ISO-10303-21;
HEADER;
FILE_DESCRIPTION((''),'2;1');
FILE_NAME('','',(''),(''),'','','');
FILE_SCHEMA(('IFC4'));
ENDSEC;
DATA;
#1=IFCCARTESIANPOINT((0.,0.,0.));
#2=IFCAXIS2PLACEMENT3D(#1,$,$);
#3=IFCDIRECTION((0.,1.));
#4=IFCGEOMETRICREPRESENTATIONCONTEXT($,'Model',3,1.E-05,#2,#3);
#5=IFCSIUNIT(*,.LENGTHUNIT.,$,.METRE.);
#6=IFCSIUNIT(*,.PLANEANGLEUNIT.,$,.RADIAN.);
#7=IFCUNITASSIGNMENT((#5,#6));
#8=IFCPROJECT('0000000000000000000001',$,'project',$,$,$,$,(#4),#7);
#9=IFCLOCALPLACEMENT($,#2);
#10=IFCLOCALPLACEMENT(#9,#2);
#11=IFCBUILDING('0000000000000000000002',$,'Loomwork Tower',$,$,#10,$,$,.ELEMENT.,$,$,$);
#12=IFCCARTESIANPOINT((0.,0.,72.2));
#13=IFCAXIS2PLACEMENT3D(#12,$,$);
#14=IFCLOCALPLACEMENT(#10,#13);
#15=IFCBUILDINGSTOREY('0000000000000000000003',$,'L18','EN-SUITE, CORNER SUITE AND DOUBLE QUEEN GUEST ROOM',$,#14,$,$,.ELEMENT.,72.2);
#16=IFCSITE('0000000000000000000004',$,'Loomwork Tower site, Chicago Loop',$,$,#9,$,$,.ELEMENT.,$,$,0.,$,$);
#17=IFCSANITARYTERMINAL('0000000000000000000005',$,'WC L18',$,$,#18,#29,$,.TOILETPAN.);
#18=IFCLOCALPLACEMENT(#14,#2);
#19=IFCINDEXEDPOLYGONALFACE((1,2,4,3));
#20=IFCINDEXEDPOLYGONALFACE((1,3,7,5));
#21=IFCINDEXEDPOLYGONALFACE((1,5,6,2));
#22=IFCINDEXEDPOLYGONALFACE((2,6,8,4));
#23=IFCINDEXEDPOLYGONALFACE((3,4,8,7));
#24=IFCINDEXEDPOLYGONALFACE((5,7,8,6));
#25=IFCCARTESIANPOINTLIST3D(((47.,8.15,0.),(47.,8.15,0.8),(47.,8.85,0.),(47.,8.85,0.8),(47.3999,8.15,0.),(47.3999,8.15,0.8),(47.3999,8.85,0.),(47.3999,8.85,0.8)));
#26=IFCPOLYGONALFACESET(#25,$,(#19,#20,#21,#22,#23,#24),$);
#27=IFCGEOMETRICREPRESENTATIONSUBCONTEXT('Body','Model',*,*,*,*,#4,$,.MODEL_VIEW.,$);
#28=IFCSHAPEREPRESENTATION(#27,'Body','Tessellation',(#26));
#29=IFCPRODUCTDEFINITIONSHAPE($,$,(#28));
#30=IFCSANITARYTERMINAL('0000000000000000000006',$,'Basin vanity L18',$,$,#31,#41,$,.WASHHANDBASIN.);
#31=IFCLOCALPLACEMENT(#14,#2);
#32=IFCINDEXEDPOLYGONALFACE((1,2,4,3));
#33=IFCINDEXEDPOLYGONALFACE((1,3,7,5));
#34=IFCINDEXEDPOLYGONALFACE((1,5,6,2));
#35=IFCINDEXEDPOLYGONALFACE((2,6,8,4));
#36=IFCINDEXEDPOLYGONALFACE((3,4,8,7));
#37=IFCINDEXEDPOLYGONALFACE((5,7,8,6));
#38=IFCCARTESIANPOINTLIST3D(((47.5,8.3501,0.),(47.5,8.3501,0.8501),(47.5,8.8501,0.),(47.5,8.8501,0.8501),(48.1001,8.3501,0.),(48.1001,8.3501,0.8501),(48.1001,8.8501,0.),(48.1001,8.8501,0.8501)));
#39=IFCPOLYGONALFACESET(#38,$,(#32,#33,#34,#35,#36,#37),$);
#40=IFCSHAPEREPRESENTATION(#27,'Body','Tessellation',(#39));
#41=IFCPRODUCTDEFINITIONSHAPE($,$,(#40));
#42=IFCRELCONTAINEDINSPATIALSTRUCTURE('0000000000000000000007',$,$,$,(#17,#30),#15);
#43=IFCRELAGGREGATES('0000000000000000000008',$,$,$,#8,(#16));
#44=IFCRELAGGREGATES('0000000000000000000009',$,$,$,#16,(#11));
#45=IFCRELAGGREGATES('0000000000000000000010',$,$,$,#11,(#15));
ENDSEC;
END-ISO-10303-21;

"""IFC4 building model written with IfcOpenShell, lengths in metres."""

from ifc_helpers import new_model, si_unit, direction, frame, origin, origin_2d, place, context, subcontext, project, spatial, rectangle, extrude, element, save


model = new_model("IFC4")

# Units and contexts
model_context = context("Model", 3, precision=1e-05, world=origin(), true_north=direction((0.0, 1.0)))
body_context = subcontext(model_context, "Body", "Model", "MODEL_VIEW")
ifc_project = project(units=[si_unit("LENGTHUNIT", "METRE"), si_unit("PLANEANGLEUNIT", "RADIAN")], contexts=[model_context])

# Site, building, storey
site_placement = place(None, origin())
site = spatial("IfcSite", under=ifc_project, at=site_placement, Name="Loomwork Tower site, Chicago Loop", CompositionType="ELEMENT", RefElevation=0.0)
building_placement = place(site_placement, origin())
building = spatial("IfcBuilding", under=site, at=building_placement, Name="Loomwork Tower", CompositionType="ELEMENT")
storey_placement = place(building_placement, frame((0.0, 0.0, 72.2)))
storey = spatial("IfcBuildingStorey", under=building, at=storey_placement, Name="L18", Description="EN-SUITE, CORNER SUITE AND DOUBLE QUEEN GUEST ROOM", CompositionType="ELEMENT", Elevation=72.2)

# Sanitary terminals
sanitary_terminal_1_placement = place(storey_placement, frame((47.2, 8.5, 0.0), z_axis=(0.0, 0.0, 1.0), x_axis=(1.0, 0.0, 0.0)))
element("IfcSanitaryTerminal", 1, at=sanitary_terminal_1_placement, inside=storey, Name="WC L18", PredefinedType="TOILETPAN", context=body_context, shape_type="SweptSolid", body=[
    extrude(rectangle(XDim=0.3999, YDim=0.7, at=origin_2d()), origin(), (0.0, 0.0, 1.0), 0.8),
])
sanitary_terminal_2_placement = place(storey_placement, frame((47.8, 8.6001, 0.0), z_axis=(0.0, 0.0, 1.0), x_axis=(1.0, 0.0, 0.0)))
element("IfcSanitaryTerminal", 2, at=sanitary_terminal_2_placement, inside=storey, Name="Basin vanity L18", PredefinedType="WASHHANDBASIN", context=body_context, shape_type="SweptSolid", body=[
    extrude(rectangle(XDim=0.6001, YDim=0.5, at=origin_2d()), origin(), (0.0, 0.0, 1.0), 0.8501),
])

save(model, "model.ifc")
